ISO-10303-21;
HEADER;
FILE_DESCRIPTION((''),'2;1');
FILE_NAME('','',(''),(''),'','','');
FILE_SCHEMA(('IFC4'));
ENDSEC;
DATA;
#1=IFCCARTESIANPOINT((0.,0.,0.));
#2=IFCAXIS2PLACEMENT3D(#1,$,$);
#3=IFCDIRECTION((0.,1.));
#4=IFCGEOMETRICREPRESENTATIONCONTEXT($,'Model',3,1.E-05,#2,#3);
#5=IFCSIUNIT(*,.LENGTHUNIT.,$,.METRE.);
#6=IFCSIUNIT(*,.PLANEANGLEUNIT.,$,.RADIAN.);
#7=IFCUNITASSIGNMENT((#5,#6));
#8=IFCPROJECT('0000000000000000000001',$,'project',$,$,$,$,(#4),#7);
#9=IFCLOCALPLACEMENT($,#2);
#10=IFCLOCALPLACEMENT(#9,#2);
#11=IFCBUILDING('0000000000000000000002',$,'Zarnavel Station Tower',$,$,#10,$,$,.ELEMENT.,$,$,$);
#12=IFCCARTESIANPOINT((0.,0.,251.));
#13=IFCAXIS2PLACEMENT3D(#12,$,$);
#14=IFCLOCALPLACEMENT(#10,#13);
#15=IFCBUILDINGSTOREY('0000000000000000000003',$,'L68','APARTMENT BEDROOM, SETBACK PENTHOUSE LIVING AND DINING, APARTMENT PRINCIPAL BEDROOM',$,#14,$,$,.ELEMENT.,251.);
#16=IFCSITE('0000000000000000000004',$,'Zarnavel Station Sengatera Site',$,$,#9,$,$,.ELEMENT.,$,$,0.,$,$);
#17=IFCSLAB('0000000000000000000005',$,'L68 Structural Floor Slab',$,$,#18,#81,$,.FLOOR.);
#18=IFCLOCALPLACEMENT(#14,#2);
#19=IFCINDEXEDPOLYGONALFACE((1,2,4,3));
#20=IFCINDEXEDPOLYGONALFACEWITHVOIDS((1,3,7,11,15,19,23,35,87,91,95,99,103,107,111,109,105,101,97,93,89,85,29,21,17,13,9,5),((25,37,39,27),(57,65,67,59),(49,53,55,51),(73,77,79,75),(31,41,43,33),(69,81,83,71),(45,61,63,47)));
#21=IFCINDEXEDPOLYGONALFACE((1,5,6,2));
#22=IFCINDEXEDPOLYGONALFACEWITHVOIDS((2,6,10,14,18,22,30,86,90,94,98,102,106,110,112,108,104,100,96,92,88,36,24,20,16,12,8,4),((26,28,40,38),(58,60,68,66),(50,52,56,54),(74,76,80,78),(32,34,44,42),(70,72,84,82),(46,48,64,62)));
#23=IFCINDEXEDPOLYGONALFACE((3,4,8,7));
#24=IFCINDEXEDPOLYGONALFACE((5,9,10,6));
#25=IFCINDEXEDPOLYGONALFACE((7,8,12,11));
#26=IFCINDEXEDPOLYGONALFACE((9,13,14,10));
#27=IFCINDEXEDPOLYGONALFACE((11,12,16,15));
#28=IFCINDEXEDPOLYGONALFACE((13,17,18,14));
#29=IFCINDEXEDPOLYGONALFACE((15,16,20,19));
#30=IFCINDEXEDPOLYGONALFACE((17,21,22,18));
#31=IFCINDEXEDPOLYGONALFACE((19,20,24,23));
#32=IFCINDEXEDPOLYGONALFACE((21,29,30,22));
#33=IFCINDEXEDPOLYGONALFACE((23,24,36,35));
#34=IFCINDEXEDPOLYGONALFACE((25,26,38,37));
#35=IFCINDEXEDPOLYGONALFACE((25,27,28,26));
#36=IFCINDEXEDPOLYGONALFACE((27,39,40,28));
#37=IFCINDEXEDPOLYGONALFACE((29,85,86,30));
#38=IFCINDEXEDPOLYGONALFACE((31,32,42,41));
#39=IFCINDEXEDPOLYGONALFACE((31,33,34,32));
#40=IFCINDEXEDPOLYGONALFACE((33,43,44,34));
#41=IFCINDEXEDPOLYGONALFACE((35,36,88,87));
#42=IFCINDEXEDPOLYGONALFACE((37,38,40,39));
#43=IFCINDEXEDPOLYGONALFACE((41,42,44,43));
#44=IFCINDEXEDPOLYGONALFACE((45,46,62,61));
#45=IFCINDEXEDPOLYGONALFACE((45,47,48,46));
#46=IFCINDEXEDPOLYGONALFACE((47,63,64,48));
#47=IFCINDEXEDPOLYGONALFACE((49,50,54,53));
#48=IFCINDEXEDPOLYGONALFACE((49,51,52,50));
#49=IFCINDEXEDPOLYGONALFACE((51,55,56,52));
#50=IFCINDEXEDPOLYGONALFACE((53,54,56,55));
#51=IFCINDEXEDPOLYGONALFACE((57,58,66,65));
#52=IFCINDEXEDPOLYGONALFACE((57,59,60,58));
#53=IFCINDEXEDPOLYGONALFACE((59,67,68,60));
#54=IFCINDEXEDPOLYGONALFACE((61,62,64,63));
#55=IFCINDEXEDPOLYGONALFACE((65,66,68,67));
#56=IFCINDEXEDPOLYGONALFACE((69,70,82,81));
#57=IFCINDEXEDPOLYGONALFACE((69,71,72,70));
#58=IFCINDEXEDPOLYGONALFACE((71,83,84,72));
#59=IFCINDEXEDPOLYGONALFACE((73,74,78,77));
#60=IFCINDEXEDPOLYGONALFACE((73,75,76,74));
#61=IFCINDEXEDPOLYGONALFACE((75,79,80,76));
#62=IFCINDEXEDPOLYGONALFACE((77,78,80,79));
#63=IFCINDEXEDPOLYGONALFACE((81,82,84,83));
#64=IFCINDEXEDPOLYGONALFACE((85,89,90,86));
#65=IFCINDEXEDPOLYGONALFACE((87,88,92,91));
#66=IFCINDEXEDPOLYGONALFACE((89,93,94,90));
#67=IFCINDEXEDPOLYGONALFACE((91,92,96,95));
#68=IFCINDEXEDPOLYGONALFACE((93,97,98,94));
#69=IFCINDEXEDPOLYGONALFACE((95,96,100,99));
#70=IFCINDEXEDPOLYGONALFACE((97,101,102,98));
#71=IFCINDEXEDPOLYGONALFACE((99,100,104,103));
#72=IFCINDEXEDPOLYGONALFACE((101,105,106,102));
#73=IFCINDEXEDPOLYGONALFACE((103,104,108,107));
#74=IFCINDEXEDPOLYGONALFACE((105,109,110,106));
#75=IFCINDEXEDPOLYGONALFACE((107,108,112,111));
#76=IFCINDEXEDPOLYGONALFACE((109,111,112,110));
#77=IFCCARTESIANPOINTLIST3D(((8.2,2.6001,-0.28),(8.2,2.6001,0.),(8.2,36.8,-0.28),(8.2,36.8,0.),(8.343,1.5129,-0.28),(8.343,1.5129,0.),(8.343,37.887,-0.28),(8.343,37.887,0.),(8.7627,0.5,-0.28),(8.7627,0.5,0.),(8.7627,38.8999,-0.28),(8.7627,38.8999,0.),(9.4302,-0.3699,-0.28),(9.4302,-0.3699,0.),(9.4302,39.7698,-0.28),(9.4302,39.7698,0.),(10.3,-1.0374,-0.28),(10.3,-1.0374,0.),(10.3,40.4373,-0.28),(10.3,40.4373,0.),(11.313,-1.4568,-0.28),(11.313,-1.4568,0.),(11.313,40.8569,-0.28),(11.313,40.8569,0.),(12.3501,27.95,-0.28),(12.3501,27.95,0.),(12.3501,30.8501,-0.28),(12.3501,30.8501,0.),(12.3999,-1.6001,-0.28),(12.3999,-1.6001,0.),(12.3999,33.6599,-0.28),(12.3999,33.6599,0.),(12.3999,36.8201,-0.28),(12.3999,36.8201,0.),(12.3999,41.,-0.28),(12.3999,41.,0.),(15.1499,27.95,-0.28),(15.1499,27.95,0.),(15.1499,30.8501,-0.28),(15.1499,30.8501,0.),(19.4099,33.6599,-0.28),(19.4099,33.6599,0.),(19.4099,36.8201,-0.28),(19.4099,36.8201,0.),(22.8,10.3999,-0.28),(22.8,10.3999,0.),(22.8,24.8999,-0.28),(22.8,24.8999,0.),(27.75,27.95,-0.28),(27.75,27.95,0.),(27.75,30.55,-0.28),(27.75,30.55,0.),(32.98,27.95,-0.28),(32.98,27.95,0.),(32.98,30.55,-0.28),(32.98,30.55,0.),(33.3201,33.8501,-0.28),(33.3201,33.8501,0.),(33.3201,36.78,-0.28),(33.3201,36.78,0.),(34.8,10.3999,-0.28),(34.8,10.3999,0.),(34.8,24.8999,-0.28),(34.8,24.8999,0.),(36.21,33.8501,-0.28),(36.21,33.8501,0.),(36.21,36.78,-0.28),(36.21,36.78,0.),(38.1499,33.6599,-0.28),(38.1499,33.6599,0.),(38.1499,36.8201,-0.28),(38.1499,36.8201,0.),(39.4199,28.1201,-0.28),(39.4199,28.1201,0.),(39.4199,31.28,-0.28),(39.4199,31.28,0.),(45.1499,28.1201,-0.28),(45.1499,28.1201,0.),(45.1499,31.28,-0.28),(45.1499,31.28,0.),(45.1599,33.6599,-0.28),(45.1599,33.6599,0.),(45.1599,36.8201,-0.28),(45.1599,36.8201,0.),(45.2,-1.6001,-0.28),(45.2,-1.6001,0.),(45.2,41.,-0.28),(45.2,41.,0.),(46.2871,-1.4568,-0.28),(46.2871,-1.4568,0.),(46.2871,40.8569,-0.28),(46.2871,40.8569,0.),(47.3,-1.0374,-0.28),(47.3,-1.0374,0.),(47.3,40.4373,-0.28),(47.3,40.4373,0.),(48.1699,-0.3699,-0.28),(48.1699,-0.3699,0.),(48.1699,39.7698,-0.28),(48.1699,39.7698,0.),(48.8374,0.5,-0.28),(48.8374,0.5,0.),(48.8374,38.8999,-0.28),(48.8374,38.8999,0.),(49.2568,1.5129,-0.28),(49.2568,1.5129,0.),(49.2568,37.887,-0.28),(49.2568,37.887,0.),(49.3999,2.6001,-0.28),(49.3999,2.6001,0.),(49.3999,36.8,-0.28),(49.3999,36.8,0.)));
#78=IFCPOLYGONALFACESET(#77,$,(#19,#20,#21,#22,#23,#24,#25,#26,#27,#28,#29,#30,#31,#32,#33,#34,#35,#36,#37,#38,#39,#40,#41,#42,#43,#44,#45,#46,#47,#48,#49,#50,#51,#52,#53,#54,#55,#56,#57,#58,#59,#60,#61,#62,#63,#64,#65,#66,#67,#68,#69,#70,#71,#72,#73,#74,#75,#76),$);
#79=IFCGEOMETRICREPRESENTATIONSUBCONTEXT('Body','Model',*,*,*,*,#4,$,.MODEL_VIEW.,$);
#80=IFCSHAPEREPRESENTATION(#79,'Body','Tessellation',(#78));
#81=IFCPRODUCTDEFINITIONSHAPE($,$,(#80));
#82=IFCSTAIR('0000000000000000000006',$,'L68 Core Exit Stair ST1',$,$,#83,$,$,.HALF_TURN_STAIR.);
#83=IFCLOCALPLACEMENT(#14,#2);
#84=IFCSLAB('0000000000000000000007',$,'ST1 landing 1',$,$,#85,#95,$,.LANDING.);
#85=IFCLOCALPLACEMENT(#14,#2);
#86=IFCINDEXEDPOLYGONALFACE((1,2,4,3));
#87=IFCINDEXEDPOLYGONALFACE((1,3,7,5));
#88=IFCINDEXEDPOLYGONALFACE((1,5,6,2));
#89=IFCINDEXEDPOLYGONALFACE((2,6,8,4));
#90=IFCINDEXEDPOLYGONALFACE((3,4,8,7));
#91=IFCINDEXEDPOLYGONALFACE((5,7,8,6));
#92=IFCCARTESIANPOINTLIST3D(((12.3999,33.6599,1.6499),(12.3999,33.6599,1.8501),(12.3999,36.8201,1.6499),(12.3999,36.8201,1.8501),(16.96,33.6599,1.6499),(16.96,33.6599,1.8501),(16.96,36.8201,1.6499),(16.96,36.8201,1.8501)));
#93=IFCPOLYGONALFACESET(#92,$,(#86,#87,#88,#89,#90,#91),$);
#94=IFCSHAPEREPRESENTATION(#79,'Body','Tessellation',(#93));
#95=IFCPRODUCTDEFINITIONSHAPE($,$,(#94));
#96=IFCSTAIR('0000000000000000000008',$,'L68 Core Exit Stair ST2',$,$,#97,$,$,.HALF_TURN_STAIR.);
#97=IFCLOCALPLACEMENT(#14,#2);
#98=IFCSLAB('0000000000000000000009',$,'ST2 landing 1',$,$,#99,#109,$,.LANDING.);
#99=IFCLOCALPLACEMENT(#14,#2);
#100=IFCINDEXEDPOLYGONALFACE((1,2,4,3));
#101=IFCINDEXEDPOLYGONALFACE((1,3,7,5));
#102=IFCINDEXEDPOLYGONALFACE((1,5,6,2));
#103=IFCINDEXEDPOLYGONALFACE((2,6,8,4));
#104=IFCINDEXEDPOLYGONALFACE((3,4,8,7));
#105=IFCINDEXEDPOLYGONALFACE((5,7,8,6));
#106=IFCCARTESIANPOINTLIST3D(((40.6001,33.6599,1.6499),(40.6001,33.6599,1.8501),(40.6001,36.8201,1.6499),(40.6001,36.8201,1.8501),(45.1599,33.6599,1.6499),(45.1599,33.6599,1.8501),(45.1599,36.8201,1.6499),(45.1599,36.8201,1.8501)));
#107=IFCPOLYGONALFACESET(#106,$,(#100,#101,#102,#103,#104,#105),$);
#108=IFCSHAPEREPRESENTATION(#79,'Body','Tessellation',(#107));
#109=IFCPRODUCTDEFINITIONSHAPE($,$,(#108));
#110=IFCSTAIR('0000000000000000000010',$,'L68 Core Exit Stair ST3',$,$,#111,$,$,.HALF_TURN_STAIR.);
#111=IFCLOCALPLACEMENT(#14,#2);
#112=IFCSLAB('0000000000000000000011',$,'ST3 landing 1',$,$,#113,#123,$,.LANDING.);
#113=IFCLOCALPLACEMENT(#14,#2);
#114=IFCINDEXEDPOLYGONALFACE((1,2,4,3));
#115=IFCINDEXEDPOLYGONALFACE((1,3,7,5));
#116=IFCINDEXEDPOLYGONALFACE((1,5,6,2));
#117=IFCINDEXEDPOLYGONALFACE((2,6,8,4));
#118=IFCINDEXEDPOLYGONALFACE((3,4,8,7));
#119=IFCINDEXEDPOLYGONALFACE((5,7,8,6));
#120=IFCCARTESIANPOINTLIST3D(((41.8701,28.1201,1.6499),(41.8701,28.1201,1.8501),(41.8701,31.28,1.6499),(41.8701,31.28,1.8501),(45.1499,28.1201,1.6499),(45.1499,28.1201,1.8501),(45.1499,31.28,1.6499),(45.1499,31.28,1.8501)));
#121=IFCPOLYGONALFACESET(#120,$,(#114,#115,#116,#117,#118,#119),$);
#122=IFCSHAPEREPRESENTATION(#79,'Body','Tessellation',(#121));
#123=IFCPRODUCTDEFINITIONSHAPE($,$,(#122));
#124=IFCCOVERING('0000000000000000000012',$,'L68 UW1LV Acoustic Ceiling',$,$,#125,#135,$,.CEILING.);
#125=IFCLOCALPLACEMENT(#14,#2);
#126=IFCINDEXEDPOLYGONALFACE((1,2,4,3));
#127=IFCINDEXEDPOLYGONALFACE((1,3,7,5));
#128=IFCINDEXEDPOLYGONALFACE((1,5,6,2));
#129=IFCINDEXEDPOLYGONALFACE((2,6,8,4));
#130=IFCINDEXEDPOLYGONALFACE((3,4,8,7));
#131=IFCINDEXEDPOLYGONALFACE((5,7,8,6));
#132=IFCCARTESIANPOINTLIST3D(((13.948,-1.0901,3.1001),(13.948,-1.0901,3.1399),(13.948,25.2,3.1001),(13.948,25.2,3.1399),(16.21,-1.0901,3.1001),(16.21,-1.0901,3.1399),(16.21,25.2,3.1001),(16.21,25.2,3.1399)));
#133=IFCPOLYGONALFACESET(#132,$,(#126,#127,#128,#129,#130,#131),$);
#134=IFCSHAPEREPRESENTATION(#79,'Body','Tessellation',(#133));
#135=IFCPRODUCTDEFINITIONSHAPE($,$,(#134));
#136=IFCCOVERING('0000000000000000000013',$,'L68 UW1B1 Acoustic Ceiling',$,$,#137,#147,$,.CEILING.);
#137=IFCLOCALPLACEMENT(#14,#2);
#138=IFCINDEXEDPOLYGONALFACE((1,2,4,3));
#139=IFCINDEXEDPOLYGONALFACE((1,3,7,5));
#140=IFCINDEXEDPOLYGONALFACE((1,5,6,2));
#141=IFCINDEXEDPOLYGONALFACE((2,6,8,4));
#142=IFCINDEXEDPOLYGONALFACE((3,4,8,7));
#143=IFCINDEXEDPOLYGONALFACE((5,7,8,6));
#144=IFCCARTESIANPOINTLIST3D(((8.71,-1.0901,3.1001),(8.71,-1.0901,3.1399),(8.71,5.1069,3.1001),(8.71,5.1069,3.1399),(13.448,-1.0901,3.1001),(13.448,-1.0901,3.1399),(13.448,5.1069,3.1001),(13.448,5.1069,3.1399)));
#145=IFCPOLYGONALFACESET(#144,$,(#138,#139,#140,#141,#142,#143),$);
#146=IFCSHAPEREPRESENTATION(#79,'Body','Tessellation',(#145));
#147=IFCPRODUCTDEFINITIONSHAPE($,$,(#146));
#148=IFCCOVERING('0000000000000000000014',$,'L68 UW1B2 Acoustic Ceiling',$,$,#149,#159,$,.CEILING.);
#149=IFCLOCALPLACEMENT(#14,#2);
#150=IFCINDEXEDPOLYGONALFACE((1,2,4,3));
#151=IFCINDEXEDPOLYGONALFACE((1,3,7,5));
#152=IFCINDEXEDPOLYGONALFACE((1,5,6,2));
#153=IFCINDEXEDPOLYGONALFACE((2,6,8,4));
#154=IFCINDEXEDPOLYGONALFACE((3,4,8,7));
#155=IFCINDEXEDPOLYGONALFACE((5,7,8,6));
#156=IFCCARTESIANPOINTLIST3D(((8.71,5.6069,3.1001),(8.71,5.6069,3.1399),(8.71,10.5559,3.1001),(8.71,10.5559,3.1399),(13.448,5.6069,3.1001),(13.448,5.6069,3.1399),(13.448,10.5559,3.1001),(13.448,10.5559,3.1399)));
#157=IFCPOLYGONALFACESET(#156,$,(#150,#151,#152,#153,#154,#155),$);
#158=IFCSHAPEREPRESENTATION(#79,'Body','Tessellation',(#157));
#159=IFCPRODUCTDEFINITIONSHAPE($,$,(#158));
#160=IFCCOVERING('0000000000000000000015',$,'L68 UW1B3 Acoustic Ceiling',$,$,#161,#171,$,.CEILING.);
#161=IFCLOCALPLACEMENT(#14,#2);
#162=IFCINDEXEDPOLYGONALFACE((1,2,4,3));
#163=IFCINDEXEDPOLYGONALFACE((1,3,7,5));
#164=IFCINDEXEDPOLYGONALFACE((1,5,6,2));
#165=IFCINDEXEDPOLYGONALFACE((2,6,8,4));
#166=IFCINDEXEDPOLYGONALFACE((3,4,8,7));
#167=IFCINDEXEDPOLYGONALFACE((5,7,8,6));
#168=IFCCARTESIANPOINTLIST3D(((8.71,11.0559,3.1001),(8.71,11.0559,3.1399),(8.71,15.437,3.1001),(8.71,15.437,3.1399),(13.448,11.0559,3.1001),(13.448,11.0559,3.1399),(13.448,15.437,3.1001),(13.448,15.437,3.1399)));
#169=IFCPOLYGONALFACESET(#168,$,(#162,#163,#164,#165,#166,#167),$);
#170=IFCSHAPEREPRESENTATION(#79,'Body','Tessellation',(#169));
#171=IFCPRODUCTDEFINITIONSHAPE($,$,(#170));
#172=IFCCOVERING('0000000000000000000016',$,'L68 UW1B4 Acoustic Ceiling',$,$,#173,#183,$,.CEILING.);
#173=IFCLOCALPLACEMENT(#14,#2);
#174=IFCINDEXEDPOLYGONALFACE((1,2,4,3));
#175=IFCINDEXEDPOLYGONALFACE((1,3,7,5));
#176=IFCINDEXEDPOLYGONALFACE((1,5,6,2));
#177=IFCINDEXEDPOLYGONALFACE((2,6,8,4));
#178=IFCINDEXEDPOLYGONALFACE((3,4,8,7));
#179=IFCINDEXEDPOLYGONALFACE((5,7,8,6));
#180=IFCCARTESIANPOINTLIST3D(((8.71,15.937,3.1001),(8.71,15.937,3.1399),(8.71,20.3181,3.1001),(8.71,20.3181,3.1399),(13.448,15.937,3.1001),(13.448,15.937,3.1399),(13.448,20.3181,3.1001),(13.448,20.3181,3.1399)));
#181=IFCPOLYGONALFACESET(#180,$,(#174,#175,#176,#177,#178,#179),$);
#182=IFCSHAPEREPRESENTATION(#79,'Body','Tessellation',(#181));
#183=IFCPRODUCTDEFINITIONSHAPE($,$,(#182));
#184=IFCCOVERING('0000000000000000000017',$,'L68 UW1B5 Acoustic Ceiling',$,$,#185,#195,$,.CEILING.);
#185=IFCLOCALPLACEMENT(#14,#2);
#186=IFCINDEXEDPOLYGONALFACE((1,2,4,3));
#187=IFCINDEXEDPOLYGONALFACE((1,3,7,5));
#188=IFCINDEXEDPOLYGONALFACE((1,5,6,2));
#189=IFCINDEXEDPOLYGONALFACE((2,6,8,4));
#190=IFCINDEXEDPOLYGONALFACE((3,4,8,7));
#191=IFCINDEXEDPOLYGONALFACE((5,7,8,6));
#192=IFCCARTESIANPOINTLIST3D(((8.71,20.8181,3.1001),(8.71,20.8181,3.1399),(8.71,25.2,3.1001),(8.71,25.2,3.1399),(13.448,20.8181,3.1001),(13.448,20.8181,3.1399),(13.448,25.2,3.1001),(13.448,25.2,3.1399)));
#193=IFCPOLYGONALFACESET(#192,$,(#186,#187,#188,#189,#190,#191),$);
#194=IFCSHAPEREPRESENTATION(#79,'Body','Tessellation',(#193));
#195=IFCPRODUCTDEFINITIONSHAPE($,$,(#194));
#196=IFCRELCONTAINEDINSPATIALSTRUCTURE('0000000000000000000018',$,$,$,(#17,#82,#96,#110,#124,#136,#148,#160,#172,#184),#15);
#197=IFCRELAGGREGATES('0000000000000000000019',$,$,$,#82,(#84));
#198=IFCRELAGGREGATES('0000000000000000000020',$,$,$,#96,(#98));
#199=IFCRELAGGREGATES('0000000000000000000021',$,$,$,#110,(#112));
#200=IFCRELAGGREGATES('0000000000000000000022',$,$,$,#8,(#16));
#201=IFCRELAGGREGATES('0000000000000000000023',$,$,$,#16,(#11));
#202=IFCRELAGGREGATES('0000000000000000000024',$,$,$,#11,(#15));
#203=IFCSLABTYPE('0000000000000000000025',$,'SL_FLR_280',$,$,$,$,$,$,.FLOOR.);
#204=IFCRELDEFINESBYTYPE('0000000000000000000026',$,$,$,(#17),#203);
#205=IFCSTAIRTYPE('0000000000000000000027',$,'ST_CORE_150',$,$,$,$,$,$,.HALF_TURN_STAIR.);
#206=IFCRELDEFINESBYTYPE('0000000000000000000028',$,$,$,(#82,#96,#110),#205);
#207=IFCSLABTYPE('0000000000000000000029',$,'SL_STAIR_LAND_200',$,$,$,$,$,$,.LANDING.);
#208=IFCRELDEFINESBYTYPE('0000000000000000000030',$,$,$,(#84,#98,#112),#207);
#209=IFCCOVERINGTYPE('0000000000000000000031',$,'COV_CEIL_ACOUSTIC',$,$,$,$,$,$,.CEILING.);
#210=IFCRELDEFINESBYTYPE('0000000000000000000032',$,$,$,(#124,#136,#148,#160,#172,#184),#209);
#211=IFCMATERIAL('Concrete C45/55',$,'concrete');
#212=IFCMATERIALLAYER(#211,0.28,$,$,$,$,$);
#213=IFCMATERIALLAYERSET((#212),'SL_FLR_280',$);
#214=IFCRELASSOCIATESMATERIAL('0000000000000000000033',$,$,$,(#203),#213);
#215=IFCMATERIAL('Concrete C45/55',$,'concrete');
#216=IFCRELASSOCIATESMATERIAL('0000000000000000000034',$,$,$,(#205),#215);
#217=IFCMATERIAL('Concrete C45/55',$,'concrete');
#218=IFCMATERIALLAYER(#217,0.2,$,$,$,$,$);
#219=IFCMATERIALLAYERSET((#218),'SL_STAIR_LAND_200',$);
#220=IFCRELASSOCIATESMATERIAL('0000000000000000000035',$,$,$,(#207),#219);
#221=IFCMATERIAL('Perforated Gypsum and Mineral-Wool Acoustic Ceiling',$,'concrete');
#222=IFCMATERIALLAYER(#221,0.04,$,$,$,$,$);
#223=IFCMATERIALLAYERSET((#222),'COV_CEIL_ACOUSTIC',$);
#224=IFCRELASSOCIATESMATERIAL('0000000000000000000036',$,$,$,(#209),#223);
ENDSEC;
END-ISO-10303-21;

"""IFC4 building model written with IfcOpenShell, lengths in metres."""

from ifc_helpers import new_model, si_unit, direction, frame, origin, place, context, subcontext, project, spatial, polyline, outline, extrude, material, layer, layer_set, type_object, element, aggregate, save


model = new_model("IFC4")

# Units and contexts
model_context = context("Model", 3, precision=1e-05, world=origin(), true_north=direction((0.0, 1.0)))
body_context = subcontext(model_context, "Body", "Model", "MODEL_VIEW")
ifc_project = project(units=[si_unit("LENGTHUNIT", "METRE"), si_unit("PLANEANGLEUNIT", "RADIAN")], contexts=[model_context])

# Site, building, storey
site_placement = place(None, origin())
site = spatial("IfcSite", under=ifc_project, at=site_placement, Name="Zarnavel Station Sengatera Site", CompositionType="ELEMENT", RefElevation=0.0)
building_placement = place(site_placement, origin())
building = spatial("IfcBuilding", under=site, at=building_placement, Name="Zarnavel Station Tower", CompositionType="ELEMENT")
storey_placement = place(building_placement, frame((0.0, 0.0, 251.0)))
storey = spatial("IfcBuildingStorey", under=building, at=storey_placement, Name="L68", Description="APARTMENT BEDROOM, SETBACK PENTHOUSE LIVING AND DINING, APARTMENT PRINCIPAL BEDROOM", CompositionType="ELEMENT", Elevation=251.0)

# Slab
ifc_material_1 = material(Name="Concrete C45/55", Category="concrete")
ifc_layer_1 = layer(ifc_material_1, 0.28)
ifc_layer_set_1 = layer_set([ifc_layer_1], Name="SL_FLR_280")
slab_type_1 = type_object("IfcSlabType", Name="SL_FLR_280", PredefinedType="FLOOR", material=ifc_layer_set_1)
slab_1_placement = place(storey_placement, frame((0.0, 0.0, -0.28)))
element("IfcSlab", 1, at=slab_1_placement, inside=storey, type_object=slab_type_1, Name="L68 Structural Floor Slab", PredefinedType="FLOOR", context=body_context, shape_type="SweptSolid", body=[
    extrude(outline(polyline([(45.2, -1.6001), (46.2871, -1.4568), (47.3, -1.0374), (48.1699, -0.3699), (48.8374, 0.5), (49.2568, 1.5129), (49.3999, 2.6001), (49.3999, 36.8), (49.2568, 37.887), (48.8374, 38.8999), (48.1699, 39.7698), (47.3, 40.4373), (46.2871, 40.8569), (45.2, 41.0), (12.3999, 41.0), (11.313, 40.8569), (10.3, 40.4373), (9.4302, 39.7698), (8.7627, 38.8999), (8.343, 37.887), (8.2, 36.8), (8.2, 2.6001), (8.343, 1.5129), (8.7627, 0.5), (9.4302, -0.3699), (10.3, -1.0374), (11.313, -1.4568), (12.3999, -1.6001), (45.2, -1.6001)]), holes=[polyline([(12.3999, 33.6599), (19.4099, 33.6599), (19.4099, 36.8201), (12.3999, 36.8201), (12.3999, 33.6599)]), polyline([(38.1499, 33.6599), (45.1599, 33.6599), (45.1599, 36.8201), (38.1499, 36.8201), (38.1499, 33.6599)]), polyline([(39.4199, 28.1201), (45.1499, 28.1201), (45.1499, 31.28), (39.4199, 31.28), (39.4199, 28.1201)]), polyline([(12.3501, 27.95), (15.1499, 27.95), (15.1499, 30.8501), (12.3501, 30.8501), (12.3501, 27.95)]), polyline([(33.3201, 33.8501), (36.21, 33.8501), (36.21, 36.78), (33.3201, 36.78), (33.3201, 33.8501)]), polyline([(27.75, 27.95), (32.98, 27.95), (32.98, 30.55), (27.75, 30.55), (27.75, 27.95)]), polyline([(22.8, 10.3999), (34.8, 10.3999), (34.8, 24.8999), (22.8, 24.8999), (22.8, 10.3999)])]), origin(), (0.0, 0.0, 1.0), 0.28),
])

# Stairs, slabs
ifc_material_2 = material(Name="Concrete C45/55", Category="concrete")
stair_type = type_object("IfcStairType", Name="ST_CORE_150", PredefinedType="HALF_TURN_STAIR", material=ifc_material_2)
stair_1_placement = place(storey_placement, origin())
stair_1 = element("IfcStair", 2, at=stair_1_placement, inside=storey, type_object=stair_type, Name="L68 Core Exit Stair ST1", PredefinedType="HALF_TURN_STAIR")
ifc_material_3 = material(Name="Concrete C45/55", Category="concrete")
ifc_layer_2 = layer(ifc_material_3, 0.2)
ifc_layer_set_2 = layer_set([ifc_layer_2], Name="SL_STAIR_LAND_200")
slab_type_2 = type_object("IfcSlabType", Name="SL_STAIR_LAND_200", PredefinedType="LANDING", material=ifc_layer_set_2)
slab_2_placement = place(storey_placement, frame((0.0, 0.0, 1.6499)))
slab_2 = element("IfcSlab", 3, at=slab_2_placement, type_object=slab_type_2, Name="ST1 landing 1", PredefinedType="LANDING", context=body_context, shape_type="SweptSolid", body=[
    extrude(outline(polyline([(16.96, 36.8201), (12.3999, 36.8201), (12.3999, 33.6599), (16.96, 33.6599), (16.96, 36.8201)])), origin(), (0.0, 0.0, 1.0), 0.2002),
])
aggregate(stair_1, [slab_2])
stair_2_placement = place(storey_placement, origin())
stair_2 = element("IfcStair", 4, at=stair_2_placement, inside=storey, type_object=stair_type, Name="L68 Core Exit Stair ST2", PredefinedType="HALF_TURN_STAIR")
slab_3_placement = place(storey_placement, frame((0.0, 0.0, 1.6499)))
slab_3 = element("IfcSlab", 5, at=slab_3_placement, type_object=slab_type_2, Name="ST2 landing 1", PredefinedType="LANDING", context=body_context, shape_type="SweptSolid", body=[
    extrude(outline(polyline([(40.6001, 33.6599), (45.1599, 33.6599), (45.1599, 36.8201), (40.6001, 36.8201), (40.6001, 33.6599)])), origin(), (0.0, 0.0, 1.0), 0.2002),
])
aggregate(stair_2, [slab_3])
stair_3_placement = place(storey_placement, origin())
stair_3 = element("IfcStair", 6, at=stair_3_placement, inside=storey, type_object=stair_type, Name="L68 Core Exit Stair ST3", PredefinedType="HALF_TURN_STAIR")
slab_4_placement = place(storey_placement, frame((0.0, 0.0, 1.6499)))
slab_4 = element("IfcSlab", 7, at=slab_4_placement, type_object=slab_type_2, Name="ST3 landing 1", PredefinedType="LANDING", context=body_context, shape_type="SweptSolid", body=[
    extrude(outline(polyline([(41.8701, 28.1201), (45.1499, 28.1201), (45.1499, 31.28), (41.8701, 31.28), (41.8701, 28.1201)])), origin(), (0.0, 0.0, 1.0), 0.2002),
])
aggregate(stair_3, [slab_4])

# Coverings
ifc_material_4 = material(Name="Perforated Gypsum and Mineral-Wool Acoustic Ceiling", Category="concrete")
ifc_layer_3 = layer(ifc_material_4, 0.04)
ifc_layer_set_3 = layer_set([ifc_layer_3], Name="COV_CEIL_ACOUSTIC")
covering_type_1 = type_object("IfcCoveringType", Name="COV_CEIL_ACOUSTIC", PredefinedType="CEILING", material=ifc_layer_set_3)
covering_1_placement = place(storey_placement, frame((0.0, 0.0, 3.1001)))
element("IfcCovering", 8, at=covering_1_placement, inside=storey, type_object=covering_type_1, Name="L68 UW1LV Acoustic Ceiling", PredefinedType="CEILING", context=body_context, shape_type="SweptSolid", body=[
    extrude(outline(polyline([(13.948, -1.0901), (16.21, -1.0901), (16.21, 25.2), (13.948, 25.2), (13.948, -1.0901)])), origin(), (0.0, 0.0, 1.0), 0.0398),
])
covering_2_placement = place(storey_placement, frame((0.0, 0.0, 3.1001)))
element("IfcCovering", 9, at=covering_2_placement, inside=storey, type_object=covering_type_1, Name="L68 UW1B1 Acoustic Ceiling", PredefinedType="CEILING", context=body_context, shape_type="SweptSolid", body=[
    extrude(outline(polyline([(8.71, -1.0901), (13.448, -1.0901), (13.448, 5.1069), (8.71, 5.1069), (8.71, -1.0901)])), origin(), (0.0, 0.0, 1.0), 0.0398),
])
covering_3_placement = place(storey_placement, frame((0.0, 0.0, 3.1001)))
element("IfcCovering", 10, at=covering_3_placement, inside=storey, type_object=covering_type_1, Name="L68 UW1B2 Acoustic Ceiling", PredefinedType="CEILING", context=body_context, shape_type="SweptSolid", body=[
    extrude(outline(polyline([(8.71, 5.6069), (13.448, 5.6069), (13.448, 10.5559), (8.71, 10.5559), (8.71, 5.6069)])), origin(), (0.0, 0.0, 1.0), 0.0398),
])
covering_4_placement = place(storey_placement, frame((0.0, 0.0, 3.1001)))
element("IfcCovering", 11, at=covering_4_placement, inside=storey, type_object=covering_type_1, Name="L68 UW1B3 Acoustic Ceiling", PredefinedType="CEILING", context=body_context, shape_type="SweptSolid", body=[
    extrude(outline(polyline([(8.71, 11.0559), (13.448, 11.0559), (13.448, 15.437), (8.71, 15.437), (8.71, 11.0559)])), origin(), (0.0, 0.0, 1.0), 0.0398),
])
covering_5_placement = place(storey_placement, frame((0.0, 0.0, 3.1001)))
element("IfcCovering", 12, at=covering_5_placement, inside=storey, type_object=covering_type_1, Name="L68 UW1B4 Acoustic Ceiling", PredefinedType="CEILING", context=body_context, shape_type="SweptSolid", body=[
    extrude(outline(polyline([(8.71, 15.937), (13.448, 15.937), (13.448, 20.3181), (8.71, 20.3181), (8.71, 15.937)])), origin(), (0.0, 0.0, 1.0), 0.0398),
])
covering_6_placement = place(storey_placement, frame((0.0, 0.0, 3.1001)))
element("IfcCovering", 13, at=covering_6_placement, inside=storey, type_object=covering_type_1, Name="L68 UW1B5 Acoustic Ceiling", PredefinedType="CEILING", context=body_context, shape_type="SweptSolid", body=[
    extrude(outline(polyline([(8.71, 20.8181), (13.448, 20.8181), (13.448, 25.2), (8.71, 25.2), (8.71, 20.8181)])), origin(), (0.0, 0.0, 1.0), 0.0398),
])

save(model, "model.ifc")
